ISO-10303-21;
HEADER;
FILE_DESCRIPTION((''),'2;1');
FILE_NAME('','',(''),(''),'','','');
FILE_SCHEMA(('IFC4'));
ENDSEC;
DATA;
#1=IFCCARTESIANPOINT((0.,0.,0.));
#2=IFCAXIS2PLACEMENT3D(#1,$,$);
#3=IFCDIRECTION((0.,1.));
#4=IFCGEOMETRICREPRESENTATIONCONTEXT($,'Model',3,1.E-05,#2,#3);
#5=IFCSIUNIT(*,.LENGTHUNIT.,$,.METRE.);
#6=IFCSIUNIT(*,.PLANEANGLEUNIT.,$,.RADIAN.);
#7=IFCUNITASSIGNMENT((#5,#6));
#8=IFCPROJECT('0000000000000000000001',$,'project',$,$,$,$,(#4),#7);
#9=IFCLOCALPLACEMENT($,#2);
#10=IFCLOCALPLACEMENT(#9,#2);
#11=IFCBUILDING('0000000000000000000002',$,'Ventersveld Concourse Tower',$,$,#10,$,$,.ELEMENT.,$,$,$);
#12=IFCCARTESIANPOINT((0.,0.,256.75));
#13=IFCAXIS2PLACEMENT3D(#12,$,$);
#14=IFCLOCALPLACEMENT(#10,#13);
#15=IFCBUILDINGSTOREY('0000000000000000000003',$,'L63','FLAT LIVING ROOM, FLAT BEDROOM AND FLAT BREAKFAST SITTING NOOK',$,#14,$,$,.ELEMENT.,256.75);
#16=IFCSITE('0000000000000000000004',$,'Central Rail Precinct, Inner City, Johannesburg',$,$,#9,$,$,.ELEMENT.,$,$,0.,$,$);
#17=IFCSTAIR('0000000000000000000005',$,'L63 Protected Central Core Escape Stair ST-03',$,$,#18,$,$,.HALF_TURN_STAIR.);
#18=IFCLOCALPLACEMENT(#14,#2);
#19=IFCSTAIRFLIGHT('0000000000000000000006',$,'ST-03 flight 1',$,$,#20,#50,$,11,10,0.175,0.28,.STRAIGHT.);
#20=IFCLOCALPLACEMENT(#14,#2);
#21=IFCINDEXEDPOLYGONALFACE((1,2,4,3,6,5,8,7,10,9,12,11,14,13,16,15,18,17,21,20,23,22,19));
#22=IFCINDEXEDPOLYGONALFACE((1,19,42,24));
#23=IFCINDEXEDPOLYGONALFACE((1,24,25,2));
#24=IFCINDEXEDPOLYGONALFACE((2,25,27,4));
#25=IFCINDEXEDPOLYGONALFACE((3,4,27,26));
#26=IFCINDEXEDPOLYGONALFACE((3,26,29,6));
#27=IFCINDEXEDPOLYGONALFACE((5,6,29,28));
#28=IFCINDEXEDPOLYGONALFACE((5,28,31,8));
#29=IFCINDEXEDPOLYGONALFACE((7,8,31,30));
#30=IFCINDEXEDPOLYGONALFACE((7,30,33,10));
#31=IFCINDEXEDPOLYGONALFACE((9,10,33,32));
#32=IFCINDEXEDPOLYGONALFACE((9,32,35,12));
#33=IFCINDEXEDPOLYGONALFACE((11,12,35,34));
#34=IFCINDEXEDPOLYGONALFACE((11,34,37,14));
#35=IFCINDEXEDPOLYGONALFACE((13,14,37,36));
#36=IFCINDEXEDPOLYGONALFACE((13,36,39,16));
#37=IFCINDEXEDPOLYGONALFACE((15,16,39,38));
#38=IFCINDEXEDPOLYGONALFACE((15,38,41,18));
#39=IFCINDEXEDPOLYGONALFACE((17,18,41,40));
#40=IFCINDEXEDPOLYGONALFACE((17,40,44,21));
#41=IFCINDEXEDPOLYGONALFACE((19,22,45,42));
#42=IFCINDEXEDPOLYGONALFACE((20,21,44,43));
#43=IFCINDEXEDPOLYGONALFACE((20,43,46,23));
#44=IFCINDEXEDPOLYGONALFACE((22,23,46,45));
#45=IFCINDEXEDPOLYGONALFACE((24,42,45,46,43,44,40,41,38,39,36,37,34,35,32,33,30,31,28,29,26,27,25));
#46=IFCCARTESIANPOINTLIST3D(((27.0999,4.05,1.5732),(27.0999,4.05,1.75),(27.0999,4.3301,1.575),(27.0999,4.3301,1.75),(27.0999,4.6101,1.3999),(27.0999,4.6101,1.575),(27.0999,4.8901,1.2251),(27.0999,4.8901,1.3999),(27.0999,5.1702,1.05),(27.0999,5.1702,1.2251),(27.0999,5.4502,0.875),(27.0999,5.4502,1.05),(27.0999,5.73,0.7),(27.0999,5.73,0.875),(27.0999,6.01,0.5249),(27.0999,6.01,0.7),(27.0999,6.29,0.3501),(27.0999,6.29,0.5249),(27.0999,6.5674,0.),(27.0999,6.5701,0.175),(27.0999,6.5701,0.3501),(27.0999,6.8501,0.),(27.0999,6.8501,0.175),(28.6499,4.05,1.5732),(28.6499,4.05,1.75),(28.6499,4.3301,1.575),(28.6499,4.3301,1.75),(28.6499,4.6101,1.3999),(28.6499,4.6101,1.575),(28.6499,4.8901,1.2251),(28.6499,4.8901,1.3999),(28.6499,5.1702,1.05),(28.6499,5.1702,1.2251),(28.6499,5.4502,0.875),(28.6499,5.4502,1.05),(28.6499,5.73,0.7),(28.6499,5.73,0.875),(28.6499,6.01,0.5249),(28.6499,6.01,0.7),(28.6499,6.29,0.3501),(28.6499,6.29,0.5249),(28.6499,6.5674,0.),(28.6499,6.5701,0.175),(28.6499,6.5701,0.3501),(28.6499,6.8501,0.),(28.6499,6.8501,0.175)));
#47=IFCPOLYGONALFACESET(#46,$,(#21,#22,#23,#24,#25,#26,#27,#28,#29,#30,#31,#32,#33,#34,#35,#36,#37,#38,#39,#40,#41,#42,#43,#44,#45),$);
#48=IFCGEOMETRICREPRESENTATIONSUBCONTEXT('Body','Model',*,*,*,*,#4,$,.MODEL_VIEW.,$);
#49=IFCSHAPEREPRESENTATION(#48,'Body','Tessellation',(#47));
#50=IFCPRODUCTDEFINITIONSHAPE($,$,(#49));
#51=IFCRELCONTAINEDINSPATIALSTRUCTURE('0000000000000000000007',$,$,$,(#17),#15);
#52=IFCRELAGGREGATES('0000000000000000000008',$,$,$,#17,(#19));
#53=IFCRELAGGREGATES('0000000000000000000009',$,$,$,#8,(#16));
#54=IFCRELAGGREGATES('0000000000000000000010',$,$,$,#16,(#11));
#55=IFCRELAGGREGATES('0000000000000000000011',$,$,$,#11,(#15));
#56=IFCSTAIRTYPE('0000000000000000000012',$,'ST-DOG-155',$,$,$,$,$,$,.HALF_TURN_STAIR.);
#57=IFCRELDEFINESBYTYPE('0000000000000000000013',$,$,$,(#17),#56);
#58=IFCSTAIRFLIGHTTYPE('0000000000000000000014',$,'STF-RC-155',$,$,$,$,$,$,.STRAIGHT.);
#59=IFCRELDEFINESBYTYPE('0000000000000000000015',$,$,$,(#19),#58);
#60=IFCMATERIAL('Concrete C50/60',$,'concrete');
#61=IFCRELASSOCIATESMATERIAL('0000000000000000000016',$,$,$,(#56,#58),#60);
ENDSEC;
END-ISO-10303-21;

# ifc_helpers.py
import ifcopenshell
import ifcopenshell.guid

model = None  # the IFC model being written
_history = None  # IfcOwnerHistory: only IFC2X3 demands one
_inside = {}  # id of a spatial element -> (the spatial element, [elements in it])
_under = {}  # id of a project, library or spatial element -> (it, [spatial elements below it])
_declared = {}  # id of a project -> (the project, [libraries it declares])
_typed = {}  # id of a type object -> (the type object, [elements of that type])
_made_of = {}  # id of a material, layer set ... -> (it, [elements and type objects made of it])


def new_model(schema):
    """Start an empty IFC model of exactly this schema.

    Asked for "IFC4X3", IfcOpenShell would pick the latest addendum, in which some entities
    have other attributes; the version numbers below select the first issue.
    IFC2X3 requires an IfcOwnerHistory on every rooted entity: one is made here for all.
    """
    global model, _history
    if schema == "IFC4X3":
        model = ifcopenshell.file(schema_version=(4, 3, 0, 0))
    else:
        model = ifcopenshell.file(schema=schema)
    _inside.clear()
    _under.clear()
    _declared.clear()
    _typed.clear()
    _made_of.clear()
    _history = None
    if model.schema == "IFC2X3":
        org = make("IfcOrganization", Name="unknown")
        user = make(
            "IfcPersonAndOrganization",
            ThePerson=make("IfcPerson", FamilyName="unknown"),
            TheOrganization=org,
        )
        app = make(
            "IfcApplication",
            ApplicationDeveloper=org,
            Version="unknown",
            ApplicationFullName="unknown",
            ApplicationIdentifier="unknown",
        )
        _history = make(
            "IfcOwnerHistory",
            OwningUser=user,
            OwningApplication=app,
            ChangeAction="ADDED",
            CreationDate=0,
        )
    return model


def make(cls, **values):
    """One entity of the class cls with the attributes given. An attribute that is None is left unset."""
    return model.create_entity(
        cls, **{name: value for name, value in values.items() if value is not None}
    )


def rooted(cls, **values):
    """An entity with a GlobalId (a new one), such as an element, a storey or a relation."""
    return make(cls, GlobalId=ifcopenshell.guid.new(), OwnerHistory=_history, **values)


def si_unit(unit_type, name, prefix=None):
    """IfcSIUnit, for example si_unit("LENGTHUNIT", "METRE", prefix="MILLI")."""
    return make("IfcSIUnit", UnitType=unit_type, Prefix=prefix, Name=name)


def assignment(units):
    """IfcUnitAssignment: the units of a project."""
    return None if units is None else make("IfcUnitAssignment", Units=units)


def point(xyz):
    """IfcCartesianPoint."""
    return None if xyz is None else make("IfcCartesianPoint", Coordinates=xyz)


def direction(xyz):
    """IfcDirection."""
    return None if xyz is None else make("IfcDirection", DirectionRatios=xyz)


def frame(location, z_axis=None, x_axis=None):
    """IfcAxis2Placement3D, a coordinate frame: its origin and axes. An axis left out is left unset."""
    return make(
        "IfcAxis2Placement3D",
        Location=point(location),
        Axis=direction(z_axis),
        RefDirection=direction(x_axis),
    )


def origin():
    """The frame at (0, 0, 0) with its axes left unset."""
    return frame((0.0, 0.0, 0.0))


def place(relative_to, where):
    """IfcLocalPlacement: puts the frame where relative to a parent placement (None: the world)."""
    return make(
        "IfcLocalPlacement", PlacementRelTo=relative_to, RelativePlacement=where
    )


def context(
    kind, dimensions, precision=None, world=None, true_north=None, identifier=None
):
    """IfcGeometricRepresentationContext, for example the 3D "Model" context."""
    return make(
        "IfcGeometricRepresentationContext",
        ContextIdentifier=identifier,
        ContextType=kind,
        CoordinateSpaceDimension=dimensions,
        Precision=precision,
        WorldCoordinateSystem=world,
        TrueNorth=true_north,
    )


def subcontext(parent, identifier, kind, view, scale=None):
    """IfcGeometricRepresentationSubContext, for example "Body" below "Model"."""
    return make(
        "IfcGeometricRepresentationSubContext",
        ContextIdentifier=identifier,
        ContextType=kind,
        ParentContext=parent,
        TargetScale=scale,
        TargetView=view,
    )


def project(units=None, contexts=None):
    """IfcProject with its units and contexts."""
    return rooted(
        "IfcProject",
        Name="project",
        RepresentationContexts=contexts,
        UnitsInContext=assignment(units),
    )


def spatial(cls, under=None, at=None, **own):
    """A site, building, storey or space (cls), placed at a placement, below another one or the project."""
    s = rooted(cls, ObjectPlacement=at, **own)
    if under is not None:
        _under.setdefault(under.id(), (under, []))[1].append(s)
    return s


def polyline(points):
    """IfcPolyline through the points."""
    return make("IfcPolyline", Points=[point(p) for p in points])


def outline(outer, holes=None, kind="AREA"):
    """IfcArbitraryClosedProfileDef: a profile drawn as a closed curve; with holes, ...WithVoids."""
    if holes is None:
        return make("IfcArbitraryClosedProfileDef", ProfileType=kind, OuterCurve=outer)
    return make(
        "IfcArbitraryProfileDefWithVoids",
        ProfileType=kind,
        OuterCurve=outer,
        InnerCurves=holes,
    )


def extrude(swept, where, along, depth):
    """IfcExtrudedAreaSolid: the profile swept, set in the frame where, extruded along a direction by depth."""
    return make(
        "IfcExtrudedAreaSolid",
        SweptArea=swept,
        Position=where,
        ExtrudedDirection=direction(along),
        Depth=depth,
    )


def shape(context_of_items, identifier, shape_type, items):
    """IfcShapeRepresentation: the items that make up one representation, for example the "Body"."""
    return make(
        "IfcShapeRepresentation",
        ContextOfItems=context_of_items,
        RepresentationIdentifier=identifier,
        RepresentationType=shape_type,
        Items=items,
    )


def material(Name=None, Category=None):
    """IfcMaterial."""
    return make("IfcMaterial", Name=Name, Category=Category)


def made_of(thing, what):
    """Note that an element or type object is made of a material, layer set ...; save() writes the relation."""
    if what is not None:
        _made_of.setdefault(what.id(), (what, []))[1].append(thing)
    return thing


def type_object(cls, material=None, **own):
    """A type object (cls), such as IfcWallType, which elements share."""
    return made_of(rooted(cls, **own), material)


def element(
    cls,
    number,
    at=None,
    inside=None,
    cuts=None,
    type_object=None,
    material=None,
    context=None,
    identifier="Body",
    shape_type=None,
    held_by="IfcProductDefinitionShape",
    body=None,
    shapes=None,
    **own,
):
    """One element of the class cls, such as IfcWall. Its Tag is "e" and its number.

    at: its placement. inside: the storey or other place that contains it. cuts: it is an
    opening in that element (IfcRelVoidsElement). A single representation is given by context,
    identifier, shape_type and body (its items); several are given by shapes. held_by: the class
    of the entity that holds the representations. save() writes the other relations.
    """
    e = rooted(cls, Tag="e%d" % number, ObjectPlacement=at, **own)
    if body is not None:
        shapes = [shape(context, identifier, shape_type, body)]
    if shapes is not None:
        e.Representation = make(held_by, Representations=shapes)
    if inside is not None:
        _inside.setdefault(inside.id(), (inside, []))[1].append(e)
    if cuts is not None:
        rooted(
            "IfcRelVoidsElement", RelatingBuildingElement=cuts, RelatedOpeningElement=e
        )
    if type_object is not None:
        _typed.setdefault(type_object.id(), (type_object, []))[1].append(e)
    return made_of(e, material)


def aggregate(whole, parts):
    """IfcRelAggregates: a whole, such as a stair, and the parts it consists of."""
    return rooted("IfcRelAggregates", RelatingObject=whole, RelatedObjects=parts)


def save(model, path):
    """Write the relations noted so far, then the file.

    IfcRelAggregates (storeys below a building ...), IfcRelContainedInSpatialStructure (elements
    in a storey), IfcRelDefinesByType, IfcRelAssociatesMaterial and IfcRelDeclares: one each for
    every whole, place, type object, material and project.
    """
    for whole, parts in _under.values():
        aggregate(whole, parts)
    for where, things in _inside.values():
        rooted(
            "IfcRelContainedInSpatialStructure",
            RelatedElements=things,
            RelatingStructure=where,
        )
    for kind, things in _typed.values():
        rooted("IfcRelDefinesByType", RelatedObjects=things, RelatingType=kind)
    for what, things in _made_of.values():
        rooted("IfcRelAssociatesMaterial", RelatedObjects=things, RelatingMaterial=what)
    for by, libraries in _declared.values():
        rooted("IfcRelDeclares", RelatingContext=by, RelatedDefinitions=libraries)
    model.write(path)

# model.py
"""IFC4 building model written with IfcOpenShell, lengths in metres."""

from ifc_helpers import new_model, si_unit, direction, frame, origin, place, context, subcontext, project, spatial, polyline, outline, extrude, material, type_object, element, aggregate, save


model = new_model("IFC4")

# Units and contexts
model_context = context("Model", 3, precision=1e-05, world=origin(), true_north=direction((0.0, 1.0)))
body_context = subcontext(model_context, "Body", "Model", "MODEL_VIEW")
ifc_project = project(units=[si_unit("LENGTHUNIT", "METRE"), si_unit("PLANEANGLEUNIT", "RADIAN")], contexts=[model_context])

# Site, building, storey
site_placement = place(None, origin())
site = spatial("IfcSite", under=ifc_project, at=site_placement, Name="Central Rail Precinct, Inner City, Johannesburg", CompositionType="ELEMENT", RefElevation=0.0)
building_placement = place(site_placement, origin())
building = spatial("IfcBuilding", under=site, at=building_placement, Name="Ventersveld Concourse Tower", CompositionType="ELEMENT")
storey_placement = place(building_placement, frame((0.0, 0.0, 256.75)))
storey = spatial("IfcBuildingStorey", under=building, at=storey_placement, Name="L63", Description="FLAT LIVING ROOM, FLAT BEDROOM AND FLAT BREAKFAST SITTING NOOK", CompositionType="ELEMENT", Elevation=256.75)

# Shared definitions
ifc_material_1 = material(Name="Concrete C50/60", Category="concrete")

# Stair, stair flight
stair_type = type_object("IfcStairType", Name="ST-DOG-155", PredefinedType="HALF_TURN_STAIR", material=ifc_material_1)
stair_placement = place(storey_placement, origin())
stair = element("IfcStair", 1, at=stair_placement, inside=storey, type_object=stair_type, Name="L63 Protected Central Core Escape Stair ST-03", PredefinedType="HALF_TURN_STAIR")
stair_flight_type = type_object("IfcStairFlightType", Name="STF-RC-155", PredefinedType="STRAIGHT", material=ifc_material_1)
stair_flight_placement = place(storey_placement, frame((27.875, 6.8501, 0.0), z_axis=(0.0, 0.0, 1.0), x_axis=(0.0, -1.0, 0.0)))
stair_flight = element("IfcStairFlight", 2, at=stair_flight_placement, type_object=stair_flight_type, Name="ST-03 flight 1", NumberOfRisers=11, NumberOfTreads=10, PredefinedType="STRAIGHT", RiserHeight=0.175, TreadLength=0.28, context=body_context, shape_type="SweptSolid", body=[
    extrude(outline(polyline([(0.0, 0.0), (0.0, 0.175), (0.28, 0.175), (0.28, 0.3501), (0.5601, 0.3501), (0.5601, 0.5249), (0.8401, 0.5249), (0.8401, 0.7), (1.1201, 0.7), (1.1201, 0.875), (1.3999, 0.875), (1.3999, 1.05), (1.6799, 1.05), (1.6799, 1.2251), (1.96, 1.2251), (1.96, 1.3999), (2.24, 1.3999), (2.24, 1.575), (2.52, 1.575), (2.52, 1.75), (2.8, 1.75), (2.8, 1.925), (2.8, 1.5732), (0.2827, 0.0), (0.0, 0.0)])), frame((0.0, 0.7749, 0.0), z_axis=(0.0, -1.0, 0.0), x_axis=(1.0, 0.0, 0.0)), (0.0, 0.0, 1.0), 1.55),
])
aggregate(stair, [stair_flight])

save(model, "model.ifc")
